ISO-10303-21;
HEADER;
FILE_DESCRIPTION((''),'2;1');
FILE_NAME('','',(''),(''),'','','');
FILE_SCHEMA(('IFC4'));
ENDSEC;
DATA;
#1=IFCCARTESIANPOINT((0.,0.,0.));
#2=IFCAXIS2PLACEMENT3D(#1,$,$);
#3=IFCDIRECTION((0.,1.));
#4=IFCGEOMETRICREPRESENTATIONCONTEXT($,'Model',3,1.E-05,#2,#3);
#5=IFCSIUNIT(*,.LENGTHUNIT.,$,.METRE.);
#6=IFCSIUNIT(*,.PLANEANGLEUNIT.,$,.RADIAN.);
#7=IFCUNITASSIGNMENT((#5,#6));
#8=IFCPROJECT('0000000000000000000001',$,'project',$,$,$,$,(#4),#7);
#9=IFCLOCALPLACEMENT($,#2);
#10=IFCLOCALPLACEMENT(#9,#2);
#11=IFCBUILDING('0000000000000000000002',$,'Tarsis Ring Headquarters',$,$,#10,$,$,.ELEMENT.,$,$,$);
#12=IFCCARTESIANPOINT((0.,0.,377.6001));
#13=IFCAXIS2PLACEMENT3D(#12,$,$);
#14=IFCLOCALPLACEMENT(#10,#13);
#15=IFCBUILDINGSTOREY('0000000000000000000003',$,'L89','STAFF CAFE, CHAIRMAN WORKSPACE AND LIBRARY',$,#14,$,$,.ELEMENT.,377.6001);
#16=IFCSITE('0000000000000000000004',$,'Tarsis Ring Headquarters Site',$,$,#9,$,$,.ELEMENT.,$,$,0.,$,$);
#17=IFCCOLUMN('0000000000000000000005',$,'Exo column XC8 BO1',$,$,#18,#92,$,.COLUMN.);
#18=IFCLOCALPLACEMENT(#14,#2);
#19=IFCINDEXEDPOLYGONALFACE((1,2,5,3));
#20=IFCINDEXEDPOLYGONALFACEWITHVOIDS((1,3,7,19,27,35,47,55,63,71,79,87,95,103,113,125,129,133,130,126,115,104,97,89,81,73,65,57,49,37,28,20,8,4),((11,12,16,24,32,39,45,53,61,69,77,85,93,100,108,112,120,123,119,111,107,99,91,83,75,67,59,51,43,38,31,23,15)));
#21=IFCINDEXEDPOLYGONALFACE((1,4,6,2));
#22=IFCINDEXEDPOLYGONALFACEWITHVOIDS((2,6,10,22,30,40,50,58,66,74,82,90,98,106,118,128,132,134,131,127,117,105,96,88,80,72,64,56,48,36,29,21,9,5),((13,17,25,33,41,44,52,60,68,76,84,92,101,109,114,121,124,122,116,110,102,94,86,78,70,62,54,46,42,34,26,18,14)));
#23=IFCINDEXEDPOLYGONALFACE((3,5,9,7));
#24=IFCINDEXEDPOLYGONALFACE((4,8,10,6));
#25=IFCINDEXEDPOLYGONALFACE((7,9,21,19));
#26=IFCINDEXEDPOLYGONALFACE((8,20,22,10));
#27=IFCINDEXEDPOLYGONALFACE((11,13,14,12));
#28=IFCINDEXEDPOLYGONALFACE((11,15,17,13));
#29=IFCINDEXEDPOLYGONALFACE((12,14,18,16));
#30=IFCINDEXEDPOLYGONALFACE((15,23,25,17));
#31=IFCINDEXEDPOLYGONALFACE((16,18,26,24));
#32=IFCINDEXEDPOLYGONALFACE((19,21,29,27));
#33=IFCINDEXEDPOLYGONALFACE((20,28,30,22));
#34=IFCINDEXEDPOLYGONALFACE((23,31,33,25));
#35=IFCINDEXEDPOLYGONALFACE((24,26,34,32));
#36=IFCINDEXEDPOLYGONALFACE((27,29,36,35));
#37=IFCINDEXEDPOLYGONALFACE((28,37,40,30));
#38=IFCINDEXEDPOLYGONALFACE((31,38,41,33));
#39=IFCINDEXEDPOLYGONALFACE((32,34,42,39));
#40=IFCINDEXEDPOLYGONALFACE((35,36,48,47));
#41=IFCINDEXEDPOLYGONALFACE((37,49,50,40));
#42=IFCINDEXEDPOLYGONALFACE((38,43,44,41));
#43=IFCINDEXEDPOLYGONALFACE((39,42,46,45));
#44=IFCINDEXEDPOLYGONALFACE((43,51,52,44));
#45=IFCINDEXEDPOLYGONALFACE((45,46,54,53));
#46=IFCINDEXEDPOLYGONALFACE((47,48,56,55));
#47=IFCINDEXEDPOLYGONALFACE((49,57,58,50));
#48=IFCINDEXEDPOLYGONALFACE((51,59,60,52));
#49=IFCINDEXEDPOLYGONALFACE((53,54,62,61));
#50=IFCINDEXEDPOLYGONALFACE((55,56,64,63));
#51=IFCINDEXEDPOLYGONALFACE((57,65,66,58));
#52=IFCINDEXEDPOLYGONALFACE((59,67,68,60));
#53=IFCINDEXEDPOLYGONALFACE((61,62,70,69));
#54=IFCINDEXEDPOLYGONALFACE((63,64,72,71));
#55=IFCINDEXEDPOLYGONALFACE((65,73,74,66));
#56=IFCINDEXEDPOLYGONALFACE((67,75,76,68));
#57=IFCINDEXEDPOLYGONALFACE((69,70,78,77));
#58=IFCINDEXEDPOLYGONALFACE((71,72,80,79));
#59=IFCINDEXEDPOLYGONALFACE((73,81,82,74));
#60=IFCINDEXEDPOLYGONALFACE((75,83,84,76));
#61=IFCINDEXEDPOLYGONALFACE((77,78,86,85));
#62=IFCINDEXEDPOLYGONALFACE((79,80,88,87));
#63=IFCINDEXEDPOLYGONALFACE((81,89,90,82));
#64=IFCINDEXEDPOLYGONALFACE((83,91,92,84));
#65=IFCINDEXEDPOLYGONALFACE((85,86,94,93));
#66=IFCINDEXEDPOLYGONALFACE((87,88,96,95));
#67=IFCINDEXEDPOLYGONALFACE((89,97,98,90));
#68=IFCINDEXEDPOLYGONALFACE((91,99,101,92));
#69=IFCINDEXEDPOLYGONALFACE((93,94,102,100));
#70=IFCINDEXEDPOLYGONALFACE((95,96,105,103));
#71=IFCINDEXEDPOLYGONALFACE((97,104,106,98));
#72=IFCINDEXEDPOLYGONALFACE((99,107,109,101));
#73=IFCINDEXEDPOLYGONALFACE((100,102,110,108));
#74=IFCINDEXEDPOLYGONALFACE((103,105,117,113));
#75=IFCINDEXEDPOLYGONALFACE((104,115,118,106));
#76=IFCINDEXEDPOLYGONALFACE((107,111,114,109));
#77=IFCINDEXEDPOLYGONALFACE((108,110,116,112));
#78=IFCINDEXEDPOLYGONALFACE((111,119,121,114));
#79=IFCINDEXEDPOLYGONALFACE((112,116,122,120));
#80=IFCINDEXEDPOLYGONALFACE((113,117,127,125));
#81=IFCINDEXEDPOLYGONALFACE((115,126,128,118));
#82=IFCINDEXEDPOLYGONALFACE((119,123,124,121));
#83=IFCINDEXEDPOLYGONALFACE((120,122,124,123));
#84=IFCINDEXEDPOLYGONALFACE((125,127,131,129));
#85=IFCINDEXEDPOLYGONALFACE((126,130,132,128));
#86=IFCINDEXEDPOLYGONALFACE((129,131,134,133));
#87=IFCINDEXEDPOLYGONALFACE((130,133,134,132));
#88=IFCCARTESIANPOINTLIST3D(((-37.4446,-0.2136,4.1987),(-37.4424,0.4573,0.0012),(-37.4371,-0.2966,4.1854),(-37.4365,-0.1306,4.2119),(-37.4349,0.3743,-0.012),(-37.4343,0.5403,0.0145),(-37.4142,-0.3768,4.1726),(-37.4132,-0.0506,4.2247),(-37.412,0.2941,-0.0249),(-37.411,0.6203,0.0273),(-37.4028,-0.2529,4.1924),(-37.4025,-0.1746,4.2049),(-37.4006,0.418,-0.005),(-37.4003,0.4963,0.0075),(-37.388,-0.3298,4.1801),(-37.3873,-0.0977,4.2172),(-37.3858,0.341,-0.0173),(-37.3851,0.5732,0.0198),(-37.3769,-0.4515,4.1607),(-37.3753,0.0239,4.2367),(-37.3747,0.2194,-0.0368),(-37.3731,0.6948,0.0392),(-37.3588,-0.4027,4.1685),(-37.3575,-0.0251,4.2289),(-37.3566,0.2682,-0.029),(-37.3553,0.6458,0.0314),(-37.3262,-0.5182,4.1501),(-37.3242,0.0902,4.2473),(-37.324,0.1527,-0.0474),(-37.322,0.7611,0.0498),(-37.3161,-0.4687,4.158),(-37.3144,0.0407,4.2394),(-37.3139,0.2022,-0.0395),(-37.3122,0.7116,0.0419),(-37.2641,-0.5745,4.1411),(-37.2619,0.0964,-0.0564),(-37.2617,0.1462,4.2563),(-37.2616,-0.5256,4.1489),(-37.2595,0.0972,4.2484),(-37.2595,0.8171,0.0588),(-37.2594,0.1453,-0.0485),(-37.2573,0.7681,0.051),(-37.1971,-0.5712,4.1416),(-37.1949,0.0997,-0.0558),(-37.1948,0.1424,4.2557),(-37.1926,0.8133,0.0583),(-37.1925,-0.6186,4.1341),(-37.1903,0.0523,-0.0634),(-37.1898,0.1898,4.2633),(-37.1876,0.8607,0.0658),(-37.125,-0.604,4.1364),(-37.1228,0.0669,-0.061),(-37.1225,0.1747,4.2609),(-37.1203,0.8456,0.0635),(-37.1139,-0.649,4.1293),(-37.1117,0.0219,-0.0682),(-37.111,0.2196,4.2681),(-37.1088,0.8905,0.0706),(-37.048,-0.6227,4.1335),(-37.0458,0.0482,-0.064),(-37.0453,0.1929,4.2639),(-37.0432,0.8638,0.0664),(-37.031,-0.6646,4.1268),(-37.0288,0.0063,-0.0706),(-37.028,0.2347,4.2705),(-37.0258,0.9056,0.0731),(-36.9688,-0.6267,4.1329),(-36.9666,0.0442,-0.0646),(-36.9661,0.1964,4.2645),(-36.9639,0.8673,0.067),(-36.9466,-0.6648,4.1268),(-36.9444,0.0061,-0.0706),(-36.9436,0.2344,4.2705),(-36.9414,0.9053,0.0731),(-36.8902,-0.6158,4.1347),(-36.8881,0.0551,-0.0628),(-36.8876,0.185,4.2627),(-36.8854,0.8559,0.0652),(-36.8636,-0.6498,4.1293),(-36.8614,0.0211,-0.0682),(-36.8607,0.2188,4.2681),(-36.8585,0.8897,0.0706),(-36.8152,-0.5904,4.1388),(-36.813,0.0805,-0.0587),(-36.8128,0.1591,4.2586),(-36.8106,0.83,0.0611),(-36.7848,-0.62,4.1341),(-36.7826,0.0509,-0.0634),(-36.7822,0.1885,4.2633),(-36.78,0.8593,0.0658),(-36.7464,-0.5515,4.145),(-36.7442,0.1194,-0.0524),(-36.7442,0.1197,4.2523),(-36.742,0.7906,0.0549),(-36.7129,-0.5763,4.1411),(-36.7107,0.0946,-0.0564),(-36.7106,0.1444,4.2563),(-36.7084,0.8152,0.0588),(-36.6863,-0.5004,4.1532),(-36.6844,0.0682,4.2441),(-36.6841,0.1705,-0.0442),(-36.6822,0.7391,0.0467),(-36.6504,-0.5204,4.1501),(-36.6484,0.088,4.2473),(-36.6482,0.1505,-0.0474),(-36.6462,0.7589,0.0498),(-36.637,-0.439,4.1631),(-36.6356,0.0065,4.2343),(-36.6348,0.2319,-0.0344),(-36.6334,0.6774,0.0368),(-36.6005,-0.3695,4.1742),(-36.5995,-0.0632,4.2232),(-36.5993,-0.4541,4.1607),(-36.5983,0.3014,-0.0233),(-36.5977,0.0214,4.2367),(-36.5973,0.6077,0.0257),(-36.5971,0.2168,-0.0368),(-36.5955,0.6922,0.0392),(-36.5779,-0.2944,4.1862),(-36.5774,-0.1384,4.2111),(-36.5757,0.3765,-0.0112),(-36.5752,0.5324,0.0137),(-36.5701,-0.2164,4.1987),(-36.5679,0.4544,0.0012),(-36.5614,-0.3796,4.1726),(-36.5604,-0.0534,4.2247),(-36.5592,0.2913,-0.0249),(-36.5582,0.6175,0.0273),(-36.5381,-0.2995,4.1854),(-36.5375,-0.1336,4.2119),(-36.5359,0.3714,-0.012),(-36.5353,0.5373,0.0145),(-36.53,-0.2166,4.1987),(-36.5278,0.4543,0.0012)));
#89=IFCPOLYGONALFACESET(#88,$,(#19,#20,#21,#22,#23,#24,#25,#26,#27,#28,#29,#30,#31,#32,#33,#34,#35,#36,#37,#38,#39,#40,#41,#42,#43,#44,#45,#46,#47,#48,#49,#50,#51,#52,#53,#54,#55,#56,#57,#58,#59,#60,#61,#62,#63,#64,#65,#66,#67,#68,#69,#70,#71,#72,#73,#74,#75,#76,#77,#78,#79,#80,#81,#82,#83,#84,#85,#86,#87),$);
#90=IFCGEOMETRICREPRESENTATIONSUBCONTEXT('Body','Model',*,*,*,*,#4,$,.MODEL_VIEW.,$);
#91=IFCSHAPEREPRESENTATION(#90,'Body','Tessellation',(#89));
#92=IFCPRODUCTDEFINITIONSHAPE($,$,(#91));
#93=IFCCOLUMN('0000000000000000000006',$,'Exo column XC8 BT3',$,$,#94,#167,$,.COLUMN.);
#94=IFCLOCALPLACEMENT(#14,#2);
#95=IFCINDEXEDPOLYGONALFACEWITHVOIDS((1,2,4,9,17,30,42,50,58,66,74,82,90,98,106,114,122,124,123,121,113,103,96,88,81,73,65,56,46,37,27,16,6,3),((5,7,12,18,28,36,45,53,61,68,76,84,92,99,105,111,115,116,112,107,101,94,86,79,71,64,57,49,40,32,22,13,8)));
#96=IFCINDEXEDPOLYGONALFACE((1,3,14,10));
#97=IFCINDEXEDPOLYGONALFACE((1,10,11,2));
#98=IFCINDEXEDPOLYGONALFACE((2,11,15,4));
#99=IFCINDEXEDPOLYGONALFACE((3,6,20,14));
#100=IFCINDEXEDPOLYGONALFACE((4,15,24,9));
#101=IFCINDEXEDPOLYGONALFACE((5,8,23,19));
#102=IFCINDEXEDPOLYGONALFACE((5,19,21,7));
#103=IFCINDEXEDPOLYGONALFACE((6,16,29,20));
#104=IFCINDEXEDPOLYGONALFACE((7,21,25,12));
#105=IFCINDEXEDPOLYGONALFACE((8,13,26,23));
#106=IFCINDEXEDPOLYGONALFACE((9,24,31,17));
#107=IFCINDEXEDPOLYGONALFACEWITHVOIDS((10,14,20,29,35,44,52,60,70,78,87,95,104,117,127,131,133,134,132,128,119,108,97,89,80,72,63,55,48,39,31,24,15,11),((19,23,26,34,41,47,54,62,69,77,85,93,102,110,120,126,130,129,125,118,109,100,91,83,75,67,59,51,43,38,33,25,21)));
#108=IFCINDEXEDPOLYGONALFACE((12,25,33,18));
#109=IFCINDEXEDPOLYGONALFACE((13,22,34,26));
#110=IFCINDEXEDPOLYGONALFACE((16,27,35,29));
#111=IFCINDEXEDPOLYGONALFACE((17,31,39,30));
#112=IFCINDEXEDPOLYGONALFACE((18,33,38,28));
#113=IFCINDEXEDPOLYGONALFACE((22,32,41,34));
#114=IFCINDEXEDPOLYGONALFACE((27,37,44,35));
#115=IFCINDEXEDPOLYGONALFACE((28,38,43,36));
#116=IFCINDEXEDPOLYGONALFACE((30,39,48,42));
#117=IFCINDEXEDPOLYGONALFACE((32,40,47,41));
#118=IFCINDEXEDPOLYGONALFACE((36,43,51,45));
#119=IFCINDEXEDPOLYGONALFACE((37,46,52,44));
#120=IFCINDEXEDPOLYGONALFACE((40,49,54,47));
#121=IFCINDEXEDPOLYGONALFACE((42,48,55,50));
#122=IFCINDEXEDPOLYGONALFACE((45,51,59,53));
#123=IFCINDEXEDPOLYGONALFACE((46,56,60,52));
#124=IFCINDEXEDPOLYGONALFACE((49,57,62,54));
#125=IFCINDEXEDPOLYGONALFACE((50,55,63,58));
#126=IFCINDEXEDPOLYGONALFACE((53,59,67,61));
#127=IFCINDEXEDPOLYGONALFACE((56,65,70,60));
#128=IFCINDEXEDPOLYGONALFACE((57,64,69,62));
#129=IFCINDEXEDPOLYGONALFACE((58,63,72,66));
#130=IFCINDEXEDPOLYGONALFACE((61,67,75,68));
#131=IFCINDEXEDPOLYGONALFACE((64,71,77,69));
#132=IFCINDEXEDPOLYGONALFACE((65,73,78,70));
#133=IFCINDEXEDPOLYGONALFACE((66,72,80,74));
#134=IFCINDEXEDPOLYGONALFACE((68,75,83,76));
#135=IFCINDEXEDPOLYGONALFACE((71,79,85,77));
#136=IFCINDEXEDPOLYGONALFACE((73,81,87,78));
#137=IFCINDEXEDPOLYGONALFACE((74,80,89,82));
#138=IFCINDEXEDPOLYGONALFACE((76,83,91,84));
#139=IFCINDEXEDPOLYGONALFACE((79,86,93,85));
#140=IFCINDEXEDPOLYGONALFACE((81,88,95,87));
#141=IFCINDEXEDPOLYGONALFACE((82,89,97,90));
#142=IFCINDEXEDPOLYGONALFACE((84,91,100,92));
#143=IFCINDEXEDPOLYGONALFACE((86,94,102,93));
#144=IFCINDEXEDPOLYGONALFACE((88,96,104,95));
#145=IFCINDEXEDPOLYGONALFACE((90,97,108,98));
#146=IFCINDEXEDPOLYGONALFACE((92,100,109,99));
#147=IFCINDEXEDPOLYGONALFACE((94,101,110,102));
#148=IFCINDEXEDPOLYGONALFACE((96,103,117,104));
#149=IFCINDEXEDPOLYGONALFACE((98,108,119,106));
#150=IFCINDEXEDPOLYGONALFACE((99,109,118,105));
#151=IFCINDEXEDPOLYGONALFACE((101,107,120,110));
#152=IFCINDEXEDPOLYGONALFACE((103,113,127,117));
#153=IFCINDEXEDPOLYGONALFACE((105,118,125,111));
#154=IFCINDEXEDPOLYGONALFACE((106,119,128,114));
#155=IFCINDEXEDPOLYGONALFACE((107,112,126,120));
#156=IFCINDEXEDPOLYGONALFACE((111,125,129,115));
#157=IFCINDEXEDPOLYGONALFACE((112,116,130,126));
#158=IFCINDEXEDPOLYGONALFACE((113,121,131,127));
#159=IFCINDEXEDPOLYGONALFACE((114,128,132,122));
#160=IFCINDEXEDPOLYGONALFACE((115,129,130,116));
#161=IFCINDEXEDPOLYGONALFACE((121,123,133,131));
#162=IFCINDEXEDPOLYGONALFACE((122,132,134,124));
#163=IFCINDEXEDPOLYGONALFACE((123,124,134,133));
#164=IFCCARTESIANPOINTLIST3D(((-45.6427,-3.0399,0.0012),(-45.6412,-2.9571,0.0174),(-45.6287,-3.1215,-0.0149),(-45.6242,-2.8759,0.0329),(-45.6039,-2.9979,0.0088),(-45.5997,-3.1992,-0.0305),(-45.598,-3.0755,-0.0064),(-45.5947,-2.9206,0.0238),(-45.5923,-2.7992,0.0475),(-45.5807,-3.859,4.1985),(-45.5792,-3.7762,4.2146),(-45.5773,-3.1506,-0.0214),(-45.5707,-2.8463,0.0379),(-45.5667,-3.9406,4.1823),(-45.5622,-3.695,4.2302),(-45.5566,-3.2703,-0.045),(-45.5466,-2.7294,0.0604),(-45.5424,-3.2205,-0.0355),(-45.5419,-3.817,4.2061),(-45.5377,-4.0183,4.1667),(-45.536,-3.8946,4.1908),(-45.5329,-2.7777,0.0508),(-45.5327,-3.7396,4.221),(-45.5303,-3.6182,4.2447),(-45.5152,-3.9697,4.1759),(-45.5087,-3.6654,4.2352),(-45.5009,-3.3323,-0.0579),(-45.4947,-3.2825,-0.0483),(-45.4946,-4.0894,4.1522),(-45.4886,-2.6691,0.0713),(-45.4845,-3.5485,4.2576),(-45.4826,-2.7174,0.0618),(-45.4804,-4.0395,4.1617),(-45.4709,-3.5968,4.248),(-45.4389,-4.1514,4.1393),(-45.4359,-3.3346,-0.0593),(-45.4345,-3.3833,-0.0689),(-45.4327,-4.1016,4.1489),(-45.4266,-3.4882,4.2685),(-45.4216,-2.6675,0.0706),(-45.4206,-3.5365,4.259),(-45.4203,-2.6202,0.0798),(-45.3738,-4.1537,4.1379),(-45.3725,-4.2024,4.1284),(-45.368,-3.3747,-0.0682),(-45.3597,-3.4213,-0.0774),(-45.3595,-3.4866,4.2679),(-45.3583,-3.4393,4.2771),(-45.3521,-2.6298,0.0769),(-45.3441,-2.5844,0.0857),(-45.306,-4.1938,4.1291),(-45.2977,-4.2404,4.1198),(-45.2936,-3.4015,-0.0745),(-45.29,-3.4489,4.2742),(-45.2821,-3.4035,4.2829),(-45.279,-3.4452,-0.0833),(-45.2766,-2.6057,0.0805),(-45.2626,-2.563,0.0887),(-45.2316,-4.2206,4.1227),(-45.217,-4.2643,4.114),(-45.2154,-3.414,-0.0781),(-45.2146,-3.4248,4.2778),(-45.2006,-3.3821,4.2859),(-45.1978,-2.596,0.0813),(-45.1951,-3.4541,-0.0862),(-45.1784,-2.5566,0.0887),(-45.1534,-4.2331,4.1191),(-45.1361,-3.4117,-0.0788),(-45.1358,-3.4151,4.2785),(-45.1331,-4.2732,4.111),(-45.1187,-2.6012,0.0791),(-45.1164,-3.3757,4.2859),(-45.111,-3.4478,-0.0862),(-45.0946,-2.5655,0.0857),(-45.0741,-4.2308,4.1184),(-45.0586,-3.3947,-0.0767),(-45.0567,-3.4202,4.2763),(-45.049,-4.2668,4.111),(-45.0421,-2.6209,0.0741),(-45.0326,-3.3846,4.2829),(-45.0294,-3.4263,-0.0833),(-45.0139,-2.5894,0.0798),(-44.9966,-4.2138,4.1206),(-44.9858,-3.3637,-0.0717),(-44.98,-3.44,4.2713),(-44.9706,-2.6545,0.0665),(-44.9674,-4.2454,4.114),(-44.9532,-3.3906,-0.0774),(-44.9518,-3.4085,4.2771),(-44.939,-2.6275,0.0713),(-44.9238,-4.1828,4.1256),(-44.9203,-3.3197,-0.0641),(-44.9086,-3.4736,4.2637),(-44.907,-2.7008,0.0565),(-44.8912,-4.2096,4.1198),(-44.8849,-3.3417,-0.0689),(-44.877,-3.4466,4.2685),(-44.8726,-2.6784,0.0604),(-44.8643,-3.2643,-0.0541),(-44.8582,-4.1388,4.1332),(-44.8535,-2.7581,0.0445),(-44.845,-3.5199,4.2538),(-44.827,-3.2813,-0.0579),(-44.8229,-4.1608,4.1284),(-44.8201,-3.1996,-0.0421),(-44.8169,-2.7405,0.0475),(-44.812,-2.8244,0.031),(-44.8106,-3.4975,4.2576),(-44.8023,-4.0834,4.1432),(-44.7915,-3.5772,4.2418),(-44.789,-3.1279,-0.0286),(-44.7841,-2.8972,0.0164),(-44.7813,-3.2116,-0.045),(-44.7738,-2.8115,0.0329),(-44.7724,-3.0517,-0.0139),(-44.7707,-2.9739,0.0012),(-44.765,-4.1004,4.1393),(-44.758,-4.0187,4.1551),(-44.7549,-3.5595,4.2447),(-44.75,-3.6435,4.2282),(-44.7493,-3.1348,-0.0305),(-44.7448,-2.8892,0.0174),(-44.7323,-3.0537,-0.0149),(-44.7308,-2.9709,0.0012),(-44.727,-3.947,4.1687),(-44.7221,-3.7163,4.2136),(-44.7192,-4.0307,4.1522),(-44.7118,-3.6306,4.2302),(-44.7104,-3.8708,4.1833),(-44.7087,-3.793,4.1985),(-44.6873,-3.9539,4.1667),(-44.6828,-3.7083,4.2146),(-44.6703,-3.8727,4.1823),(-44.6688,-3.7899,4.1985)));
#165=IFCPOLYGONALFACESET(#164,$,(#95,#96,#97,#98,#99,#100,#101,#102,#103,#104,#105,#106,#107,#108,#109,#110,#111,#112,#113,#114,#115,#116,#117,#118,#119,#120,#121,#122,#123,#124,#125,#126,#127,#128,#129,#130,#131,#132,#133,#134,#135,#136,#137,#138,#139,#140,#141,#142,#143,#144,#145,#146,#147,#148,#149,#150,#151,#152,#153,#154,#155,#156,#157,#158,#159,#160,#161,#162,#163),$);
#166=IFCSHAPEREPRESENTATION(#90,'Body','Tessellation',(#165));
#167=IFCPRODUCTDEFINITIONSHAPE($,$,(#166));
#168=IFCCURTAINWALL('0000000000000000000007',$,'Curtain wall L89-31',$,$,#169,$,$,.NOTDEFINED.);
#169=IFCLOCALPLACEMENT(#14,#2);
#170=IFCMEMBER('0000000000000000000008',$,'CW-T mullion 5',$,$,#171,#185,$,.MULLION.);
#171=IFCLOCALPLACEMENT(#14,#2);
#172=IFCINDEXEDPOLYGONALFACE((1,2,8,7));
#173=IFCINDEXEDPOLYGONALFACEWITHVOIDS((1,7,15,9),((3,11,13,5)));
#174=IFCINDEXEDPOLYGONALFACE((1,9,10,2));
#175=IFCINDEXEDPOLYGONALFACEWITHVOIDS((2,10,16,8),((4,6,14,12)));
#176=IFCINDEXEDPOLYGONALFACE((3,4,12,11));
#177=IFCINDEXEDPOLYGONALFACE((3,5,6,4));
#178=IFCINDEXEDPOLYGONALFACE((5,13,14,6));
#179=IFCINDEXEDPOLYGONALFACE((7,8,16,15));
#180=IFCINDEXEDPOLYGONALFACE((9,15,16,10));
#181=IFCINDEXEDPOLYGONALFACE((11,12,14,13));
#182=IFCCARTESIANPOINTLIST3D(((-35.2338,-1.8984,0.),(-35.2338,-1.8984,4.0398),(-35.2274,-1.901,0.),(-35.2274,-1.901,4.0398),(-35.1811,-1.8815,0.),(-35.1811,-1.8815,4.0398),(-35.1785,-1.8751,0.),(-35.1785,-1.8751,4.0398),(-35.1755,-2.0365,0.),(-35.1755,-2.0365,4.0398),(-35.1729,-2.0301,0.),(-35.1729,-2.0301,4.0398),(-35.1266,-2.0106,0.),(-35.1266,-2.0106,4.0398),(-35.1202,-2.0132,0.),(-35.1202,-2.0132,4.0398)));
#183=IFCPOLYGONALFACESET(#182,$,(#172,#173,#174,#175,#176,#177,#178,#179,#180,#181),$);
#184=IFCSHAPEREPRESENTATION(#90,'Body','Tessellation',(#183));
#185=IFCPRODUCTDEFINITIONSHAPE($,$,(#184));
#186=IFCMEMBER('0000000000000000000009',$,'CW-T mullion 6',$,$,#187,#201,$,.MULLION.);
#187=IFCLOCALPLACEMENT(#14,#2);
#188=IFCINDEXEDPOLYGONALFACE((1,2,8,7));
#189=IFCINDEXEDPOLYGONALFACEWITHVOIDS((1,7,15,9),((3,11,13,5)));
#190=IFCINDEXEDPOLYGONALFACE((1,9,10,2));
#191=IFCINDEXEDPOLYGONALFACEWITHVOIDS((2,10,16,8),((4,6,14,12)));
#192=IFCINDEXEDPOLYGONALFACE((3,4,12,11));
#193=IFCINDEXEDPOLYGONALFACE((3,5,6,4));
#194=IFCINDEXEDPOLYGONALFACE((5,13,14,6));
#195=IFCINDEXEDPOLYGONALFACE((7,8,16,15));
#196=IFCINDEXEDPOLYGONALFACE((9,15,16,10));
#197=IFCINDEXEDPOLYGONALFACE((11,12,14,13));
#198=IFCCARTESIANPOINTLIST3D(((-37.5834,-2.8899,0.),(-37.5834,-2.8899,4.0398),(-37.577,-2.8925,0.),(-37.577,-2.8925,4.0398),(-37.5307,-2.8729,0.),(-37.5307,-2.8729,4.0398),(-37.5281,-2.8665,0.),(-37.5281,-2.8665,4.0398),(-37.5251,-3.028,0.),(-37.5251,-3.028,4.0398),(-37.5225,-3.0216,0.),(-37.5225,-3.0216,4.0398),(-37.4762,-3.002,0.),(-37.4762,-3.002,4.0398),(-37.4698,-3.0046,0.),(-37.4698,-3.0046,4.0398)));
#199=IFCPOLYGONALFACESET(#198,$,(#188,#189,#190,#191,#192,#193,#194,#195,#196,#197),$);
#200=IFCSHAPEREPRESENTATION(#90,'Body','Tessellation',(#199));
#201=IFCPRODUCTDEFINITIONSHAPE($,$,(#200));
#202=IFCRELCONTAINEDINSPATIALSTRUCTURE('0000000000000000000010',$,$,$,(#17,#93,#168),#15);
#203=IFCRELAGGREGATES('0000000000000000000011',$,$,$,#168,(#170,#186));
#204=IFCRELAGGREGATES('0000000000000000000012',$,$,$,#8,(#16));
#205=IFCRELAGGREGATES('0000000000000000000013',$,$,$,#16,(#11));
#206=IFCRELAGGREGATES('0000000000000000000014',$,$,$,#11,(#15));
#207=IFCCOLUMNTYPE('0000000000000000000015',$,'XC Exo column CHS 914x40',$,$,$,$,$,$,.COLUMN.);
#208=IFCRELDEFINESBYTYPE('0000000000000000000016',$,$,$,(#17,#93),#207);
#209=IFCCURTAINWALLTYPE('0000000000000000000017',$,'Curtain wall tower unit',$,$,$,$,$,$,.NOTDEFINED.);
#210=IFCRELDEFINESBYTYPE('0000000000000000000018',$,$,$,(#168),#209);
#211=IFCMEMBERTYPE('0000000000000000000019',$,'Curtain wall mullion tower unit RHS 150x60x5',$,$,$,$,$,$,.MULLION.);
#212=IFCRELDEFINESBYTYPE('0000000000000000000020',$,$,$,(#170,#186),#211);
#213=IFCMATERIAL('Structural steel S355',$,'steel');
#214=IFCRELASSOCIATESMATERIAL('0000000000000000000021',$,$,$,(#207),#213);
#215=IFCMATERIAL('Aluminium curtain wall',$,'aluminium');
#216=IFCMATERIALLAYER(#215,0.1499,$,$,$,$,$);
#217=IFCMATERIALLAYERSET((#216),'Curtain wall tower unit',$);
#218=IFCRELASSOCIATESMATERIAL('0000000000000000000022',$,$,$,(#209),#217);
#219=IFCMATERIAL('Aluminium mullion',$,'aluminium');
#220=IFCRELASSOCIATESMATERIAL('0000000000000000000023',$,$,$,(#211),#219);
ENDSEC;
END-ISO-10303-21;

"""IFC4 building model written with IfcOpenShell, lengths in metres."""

from ifc_helpers import new_model, si_unit, direction, frame, origin, origin_2d, place, context, subcontext, project, spatial, hollow_rectangle, hollow_circle, extrude, material, layer, layer_set, material_profile, profile_set, type_object, element, aggregate, save


model = new_model("IFC4")

# Units and contexts
model_context = context("Model", 3, precision=1e-05, world=origin(), true_north=direction((0.0, 1.0)))
body_context = subcontext(model_context, "Body", "Model", "MODEL_VIEW")
ifc_project = project(units=[si_unit("LENGTHUNIT", "METRE"), si_unit("PLANEANGLEUNIT", "RADIAN")], contexts=[model_context])

# Site, building, storey
site_placement = place(None, origin())
site = spatial("IfcSite", under=ifc_project, at=site_placement, Name="Tarsis Ring Headquarters Site", CompositionType="ELEMENT", RefElevation=0.0)
building_placement = place(site_placement, origin())
building = spatial("IfcBuilding", under=site, at=building_placement, Name="Tarsis Ring Headquarters", CompositionType="ELEMENT")
storey_placement = place(building_placement, frame((0.0, 0.0, 377.6001)))
storey = spatial("IfcBuildingStorey", under=building, at=storey_placement, Name="L89", Description="STAFF CAFE, CHAIRMAN WORKSPACE AND LIBRARY", CompositionType="ELEMENT", Elevation=377.6001)

# Columns
ifc_material_1 = material(Name="Structural steel S355", Category="steel")
ifc_material_profile_1 = material_profile(ifc_material_1, hollow_circle(Radius=0.457, WallThickness=0.04, at=origin_2d()), Name="CHS 914x40")
ifc_profile_set_1 = profile_set([ifc_material_profile_1], Name="Structural steel S355")
column_type = type_object("IfcColumnType", Name="XC Exo column CHS 914x40", PredefinedType="COLUMN", material=ifc_profile_set_1)
column_1_placement = place(storey_placement, frame((-36.9851, 0.4558, 0.0012), z_axis=(-0.000517, -0.157829, 0.987466), x_axis=(0.999995, -0.003275, 0.0)))
element("IfcColumn", 1, at=column_1_placement, inside=storey, type_object=column_type, Name="Exo column XC8 BO1", PredefinedType="COLUMN", context=body_context, shape_type="SweptSolid", body=[
    extrude(hollow_circle(Radius=0.4573, WallThickness=0.04, at=origin_2d()), origin(), (0.0, 0.0, 1.0), 4.2507),
])
column_2_placement = place(storey_placement, frame((-45.1868, -3.0054, 0.0012), z_axis=(0.014499, -0.191516, 0.981382), x_axis=(0.997146, 0.075492, 0.0)))
element("IfcColumn", 2, at=column_2_placement, inside=storey, type_object=column_type, Name="Exo column XC8 BT3", PredefinedType="COLUMN", context=body_context, shape_type="SweptSolid", body=[
    extrude(hollow_circle(Radius=0.4573, WallThickness=0.04, at=origin_2d()), origin(), (0.0, 0.0, 1.0), 4.2769),
])

# Curtain wall, members
ifc_material_2 = material(Name="Aluminium curtain wall", Category="aluminium")
ifc_layer_1 = layer(ifc_material_2, 0.1499)
ifc_layer_set_1 = layer_set([ifc_layer_1], Name="Curtain wall tower unit")
curtain_wall_type = type_object("IfcCurtainWallType", Name="Curtain wall tower unit", PredefinedType="NOTDEFINED", material=ifc_layer_set_1)
curtain_wall_placement = place(storey_placement, origin())
curtain_wall = element("IfcCurtainWall", 3, at=curtain_wall_placement, inside=storey, type_object=curtain_wall_type, Name="Curtain wall L89-31", PredefinedType="NOTDEFINED")
ifc_material_3 = material(Name="Aluminium mullion", Category="aluminium")
ifc_material_profile_2 = material_profile(ifc_material_3, hollow_rectangle(XDim=0.1499, YDim=0.0601, WallThickness=0.0049, at=origin_2d()), Name="RHS 150x60x5")
ifc_profile_set_2 = profile_set([ifc_material_profile_2], Name="Aluminium mullion")
member_type_1 = type_object("IfcMemberType", Name="Curtain wall mullion tower unit RHS 150x60x5", PredefinedType="MULLION", material=ifc_profile_set_2)
member_1_placement = place(storey_placement, frame((-35.177, -1.9558, 0.0), z_axis=(0.0, 0.0, 1.0), x_axis=(0.388802, -0.921321, 0.0)))
member_1 = element("IfcMember", 4, at=member_1_placement, type_object=member_type_1, Name="CW-T mullion 5", PredefinedType="MULLION", context=body_context, shape_type="SweptSolid", body=[
    extrude(hollow_rectangle(XDim=0.1499, YDim=0.0601, WallThickness=0.0049, at=origin_2d()), origin(), (0.0, 0.0, 1.0), 4.0398),
])
member_2_placement = place(storey_placement, frame((-37.5266, -2.9473, 0.0), z_axis=(0.0, 0.0, 1.0), x_axis=(0.388802, -0.921321, 0.0)))
member_2 = element("IfcMember", 5, at=member_2_placement, type_object=member_type_1, Name="CW-T mullion 6", PredefinedType="MULLION", context=body_context, shape_type="SweptSolid", body=[
    extrude(hollow_rectangle(XDim=0.1499, YDim=0.0601, WallThickness=0.0049, at=origin_2d()), origin(), (0.0, 0.0, 1.0), 4.0398),
])

aggregate(curtain_wall, [member_1, member_2])

save(model, "model.ifc")
